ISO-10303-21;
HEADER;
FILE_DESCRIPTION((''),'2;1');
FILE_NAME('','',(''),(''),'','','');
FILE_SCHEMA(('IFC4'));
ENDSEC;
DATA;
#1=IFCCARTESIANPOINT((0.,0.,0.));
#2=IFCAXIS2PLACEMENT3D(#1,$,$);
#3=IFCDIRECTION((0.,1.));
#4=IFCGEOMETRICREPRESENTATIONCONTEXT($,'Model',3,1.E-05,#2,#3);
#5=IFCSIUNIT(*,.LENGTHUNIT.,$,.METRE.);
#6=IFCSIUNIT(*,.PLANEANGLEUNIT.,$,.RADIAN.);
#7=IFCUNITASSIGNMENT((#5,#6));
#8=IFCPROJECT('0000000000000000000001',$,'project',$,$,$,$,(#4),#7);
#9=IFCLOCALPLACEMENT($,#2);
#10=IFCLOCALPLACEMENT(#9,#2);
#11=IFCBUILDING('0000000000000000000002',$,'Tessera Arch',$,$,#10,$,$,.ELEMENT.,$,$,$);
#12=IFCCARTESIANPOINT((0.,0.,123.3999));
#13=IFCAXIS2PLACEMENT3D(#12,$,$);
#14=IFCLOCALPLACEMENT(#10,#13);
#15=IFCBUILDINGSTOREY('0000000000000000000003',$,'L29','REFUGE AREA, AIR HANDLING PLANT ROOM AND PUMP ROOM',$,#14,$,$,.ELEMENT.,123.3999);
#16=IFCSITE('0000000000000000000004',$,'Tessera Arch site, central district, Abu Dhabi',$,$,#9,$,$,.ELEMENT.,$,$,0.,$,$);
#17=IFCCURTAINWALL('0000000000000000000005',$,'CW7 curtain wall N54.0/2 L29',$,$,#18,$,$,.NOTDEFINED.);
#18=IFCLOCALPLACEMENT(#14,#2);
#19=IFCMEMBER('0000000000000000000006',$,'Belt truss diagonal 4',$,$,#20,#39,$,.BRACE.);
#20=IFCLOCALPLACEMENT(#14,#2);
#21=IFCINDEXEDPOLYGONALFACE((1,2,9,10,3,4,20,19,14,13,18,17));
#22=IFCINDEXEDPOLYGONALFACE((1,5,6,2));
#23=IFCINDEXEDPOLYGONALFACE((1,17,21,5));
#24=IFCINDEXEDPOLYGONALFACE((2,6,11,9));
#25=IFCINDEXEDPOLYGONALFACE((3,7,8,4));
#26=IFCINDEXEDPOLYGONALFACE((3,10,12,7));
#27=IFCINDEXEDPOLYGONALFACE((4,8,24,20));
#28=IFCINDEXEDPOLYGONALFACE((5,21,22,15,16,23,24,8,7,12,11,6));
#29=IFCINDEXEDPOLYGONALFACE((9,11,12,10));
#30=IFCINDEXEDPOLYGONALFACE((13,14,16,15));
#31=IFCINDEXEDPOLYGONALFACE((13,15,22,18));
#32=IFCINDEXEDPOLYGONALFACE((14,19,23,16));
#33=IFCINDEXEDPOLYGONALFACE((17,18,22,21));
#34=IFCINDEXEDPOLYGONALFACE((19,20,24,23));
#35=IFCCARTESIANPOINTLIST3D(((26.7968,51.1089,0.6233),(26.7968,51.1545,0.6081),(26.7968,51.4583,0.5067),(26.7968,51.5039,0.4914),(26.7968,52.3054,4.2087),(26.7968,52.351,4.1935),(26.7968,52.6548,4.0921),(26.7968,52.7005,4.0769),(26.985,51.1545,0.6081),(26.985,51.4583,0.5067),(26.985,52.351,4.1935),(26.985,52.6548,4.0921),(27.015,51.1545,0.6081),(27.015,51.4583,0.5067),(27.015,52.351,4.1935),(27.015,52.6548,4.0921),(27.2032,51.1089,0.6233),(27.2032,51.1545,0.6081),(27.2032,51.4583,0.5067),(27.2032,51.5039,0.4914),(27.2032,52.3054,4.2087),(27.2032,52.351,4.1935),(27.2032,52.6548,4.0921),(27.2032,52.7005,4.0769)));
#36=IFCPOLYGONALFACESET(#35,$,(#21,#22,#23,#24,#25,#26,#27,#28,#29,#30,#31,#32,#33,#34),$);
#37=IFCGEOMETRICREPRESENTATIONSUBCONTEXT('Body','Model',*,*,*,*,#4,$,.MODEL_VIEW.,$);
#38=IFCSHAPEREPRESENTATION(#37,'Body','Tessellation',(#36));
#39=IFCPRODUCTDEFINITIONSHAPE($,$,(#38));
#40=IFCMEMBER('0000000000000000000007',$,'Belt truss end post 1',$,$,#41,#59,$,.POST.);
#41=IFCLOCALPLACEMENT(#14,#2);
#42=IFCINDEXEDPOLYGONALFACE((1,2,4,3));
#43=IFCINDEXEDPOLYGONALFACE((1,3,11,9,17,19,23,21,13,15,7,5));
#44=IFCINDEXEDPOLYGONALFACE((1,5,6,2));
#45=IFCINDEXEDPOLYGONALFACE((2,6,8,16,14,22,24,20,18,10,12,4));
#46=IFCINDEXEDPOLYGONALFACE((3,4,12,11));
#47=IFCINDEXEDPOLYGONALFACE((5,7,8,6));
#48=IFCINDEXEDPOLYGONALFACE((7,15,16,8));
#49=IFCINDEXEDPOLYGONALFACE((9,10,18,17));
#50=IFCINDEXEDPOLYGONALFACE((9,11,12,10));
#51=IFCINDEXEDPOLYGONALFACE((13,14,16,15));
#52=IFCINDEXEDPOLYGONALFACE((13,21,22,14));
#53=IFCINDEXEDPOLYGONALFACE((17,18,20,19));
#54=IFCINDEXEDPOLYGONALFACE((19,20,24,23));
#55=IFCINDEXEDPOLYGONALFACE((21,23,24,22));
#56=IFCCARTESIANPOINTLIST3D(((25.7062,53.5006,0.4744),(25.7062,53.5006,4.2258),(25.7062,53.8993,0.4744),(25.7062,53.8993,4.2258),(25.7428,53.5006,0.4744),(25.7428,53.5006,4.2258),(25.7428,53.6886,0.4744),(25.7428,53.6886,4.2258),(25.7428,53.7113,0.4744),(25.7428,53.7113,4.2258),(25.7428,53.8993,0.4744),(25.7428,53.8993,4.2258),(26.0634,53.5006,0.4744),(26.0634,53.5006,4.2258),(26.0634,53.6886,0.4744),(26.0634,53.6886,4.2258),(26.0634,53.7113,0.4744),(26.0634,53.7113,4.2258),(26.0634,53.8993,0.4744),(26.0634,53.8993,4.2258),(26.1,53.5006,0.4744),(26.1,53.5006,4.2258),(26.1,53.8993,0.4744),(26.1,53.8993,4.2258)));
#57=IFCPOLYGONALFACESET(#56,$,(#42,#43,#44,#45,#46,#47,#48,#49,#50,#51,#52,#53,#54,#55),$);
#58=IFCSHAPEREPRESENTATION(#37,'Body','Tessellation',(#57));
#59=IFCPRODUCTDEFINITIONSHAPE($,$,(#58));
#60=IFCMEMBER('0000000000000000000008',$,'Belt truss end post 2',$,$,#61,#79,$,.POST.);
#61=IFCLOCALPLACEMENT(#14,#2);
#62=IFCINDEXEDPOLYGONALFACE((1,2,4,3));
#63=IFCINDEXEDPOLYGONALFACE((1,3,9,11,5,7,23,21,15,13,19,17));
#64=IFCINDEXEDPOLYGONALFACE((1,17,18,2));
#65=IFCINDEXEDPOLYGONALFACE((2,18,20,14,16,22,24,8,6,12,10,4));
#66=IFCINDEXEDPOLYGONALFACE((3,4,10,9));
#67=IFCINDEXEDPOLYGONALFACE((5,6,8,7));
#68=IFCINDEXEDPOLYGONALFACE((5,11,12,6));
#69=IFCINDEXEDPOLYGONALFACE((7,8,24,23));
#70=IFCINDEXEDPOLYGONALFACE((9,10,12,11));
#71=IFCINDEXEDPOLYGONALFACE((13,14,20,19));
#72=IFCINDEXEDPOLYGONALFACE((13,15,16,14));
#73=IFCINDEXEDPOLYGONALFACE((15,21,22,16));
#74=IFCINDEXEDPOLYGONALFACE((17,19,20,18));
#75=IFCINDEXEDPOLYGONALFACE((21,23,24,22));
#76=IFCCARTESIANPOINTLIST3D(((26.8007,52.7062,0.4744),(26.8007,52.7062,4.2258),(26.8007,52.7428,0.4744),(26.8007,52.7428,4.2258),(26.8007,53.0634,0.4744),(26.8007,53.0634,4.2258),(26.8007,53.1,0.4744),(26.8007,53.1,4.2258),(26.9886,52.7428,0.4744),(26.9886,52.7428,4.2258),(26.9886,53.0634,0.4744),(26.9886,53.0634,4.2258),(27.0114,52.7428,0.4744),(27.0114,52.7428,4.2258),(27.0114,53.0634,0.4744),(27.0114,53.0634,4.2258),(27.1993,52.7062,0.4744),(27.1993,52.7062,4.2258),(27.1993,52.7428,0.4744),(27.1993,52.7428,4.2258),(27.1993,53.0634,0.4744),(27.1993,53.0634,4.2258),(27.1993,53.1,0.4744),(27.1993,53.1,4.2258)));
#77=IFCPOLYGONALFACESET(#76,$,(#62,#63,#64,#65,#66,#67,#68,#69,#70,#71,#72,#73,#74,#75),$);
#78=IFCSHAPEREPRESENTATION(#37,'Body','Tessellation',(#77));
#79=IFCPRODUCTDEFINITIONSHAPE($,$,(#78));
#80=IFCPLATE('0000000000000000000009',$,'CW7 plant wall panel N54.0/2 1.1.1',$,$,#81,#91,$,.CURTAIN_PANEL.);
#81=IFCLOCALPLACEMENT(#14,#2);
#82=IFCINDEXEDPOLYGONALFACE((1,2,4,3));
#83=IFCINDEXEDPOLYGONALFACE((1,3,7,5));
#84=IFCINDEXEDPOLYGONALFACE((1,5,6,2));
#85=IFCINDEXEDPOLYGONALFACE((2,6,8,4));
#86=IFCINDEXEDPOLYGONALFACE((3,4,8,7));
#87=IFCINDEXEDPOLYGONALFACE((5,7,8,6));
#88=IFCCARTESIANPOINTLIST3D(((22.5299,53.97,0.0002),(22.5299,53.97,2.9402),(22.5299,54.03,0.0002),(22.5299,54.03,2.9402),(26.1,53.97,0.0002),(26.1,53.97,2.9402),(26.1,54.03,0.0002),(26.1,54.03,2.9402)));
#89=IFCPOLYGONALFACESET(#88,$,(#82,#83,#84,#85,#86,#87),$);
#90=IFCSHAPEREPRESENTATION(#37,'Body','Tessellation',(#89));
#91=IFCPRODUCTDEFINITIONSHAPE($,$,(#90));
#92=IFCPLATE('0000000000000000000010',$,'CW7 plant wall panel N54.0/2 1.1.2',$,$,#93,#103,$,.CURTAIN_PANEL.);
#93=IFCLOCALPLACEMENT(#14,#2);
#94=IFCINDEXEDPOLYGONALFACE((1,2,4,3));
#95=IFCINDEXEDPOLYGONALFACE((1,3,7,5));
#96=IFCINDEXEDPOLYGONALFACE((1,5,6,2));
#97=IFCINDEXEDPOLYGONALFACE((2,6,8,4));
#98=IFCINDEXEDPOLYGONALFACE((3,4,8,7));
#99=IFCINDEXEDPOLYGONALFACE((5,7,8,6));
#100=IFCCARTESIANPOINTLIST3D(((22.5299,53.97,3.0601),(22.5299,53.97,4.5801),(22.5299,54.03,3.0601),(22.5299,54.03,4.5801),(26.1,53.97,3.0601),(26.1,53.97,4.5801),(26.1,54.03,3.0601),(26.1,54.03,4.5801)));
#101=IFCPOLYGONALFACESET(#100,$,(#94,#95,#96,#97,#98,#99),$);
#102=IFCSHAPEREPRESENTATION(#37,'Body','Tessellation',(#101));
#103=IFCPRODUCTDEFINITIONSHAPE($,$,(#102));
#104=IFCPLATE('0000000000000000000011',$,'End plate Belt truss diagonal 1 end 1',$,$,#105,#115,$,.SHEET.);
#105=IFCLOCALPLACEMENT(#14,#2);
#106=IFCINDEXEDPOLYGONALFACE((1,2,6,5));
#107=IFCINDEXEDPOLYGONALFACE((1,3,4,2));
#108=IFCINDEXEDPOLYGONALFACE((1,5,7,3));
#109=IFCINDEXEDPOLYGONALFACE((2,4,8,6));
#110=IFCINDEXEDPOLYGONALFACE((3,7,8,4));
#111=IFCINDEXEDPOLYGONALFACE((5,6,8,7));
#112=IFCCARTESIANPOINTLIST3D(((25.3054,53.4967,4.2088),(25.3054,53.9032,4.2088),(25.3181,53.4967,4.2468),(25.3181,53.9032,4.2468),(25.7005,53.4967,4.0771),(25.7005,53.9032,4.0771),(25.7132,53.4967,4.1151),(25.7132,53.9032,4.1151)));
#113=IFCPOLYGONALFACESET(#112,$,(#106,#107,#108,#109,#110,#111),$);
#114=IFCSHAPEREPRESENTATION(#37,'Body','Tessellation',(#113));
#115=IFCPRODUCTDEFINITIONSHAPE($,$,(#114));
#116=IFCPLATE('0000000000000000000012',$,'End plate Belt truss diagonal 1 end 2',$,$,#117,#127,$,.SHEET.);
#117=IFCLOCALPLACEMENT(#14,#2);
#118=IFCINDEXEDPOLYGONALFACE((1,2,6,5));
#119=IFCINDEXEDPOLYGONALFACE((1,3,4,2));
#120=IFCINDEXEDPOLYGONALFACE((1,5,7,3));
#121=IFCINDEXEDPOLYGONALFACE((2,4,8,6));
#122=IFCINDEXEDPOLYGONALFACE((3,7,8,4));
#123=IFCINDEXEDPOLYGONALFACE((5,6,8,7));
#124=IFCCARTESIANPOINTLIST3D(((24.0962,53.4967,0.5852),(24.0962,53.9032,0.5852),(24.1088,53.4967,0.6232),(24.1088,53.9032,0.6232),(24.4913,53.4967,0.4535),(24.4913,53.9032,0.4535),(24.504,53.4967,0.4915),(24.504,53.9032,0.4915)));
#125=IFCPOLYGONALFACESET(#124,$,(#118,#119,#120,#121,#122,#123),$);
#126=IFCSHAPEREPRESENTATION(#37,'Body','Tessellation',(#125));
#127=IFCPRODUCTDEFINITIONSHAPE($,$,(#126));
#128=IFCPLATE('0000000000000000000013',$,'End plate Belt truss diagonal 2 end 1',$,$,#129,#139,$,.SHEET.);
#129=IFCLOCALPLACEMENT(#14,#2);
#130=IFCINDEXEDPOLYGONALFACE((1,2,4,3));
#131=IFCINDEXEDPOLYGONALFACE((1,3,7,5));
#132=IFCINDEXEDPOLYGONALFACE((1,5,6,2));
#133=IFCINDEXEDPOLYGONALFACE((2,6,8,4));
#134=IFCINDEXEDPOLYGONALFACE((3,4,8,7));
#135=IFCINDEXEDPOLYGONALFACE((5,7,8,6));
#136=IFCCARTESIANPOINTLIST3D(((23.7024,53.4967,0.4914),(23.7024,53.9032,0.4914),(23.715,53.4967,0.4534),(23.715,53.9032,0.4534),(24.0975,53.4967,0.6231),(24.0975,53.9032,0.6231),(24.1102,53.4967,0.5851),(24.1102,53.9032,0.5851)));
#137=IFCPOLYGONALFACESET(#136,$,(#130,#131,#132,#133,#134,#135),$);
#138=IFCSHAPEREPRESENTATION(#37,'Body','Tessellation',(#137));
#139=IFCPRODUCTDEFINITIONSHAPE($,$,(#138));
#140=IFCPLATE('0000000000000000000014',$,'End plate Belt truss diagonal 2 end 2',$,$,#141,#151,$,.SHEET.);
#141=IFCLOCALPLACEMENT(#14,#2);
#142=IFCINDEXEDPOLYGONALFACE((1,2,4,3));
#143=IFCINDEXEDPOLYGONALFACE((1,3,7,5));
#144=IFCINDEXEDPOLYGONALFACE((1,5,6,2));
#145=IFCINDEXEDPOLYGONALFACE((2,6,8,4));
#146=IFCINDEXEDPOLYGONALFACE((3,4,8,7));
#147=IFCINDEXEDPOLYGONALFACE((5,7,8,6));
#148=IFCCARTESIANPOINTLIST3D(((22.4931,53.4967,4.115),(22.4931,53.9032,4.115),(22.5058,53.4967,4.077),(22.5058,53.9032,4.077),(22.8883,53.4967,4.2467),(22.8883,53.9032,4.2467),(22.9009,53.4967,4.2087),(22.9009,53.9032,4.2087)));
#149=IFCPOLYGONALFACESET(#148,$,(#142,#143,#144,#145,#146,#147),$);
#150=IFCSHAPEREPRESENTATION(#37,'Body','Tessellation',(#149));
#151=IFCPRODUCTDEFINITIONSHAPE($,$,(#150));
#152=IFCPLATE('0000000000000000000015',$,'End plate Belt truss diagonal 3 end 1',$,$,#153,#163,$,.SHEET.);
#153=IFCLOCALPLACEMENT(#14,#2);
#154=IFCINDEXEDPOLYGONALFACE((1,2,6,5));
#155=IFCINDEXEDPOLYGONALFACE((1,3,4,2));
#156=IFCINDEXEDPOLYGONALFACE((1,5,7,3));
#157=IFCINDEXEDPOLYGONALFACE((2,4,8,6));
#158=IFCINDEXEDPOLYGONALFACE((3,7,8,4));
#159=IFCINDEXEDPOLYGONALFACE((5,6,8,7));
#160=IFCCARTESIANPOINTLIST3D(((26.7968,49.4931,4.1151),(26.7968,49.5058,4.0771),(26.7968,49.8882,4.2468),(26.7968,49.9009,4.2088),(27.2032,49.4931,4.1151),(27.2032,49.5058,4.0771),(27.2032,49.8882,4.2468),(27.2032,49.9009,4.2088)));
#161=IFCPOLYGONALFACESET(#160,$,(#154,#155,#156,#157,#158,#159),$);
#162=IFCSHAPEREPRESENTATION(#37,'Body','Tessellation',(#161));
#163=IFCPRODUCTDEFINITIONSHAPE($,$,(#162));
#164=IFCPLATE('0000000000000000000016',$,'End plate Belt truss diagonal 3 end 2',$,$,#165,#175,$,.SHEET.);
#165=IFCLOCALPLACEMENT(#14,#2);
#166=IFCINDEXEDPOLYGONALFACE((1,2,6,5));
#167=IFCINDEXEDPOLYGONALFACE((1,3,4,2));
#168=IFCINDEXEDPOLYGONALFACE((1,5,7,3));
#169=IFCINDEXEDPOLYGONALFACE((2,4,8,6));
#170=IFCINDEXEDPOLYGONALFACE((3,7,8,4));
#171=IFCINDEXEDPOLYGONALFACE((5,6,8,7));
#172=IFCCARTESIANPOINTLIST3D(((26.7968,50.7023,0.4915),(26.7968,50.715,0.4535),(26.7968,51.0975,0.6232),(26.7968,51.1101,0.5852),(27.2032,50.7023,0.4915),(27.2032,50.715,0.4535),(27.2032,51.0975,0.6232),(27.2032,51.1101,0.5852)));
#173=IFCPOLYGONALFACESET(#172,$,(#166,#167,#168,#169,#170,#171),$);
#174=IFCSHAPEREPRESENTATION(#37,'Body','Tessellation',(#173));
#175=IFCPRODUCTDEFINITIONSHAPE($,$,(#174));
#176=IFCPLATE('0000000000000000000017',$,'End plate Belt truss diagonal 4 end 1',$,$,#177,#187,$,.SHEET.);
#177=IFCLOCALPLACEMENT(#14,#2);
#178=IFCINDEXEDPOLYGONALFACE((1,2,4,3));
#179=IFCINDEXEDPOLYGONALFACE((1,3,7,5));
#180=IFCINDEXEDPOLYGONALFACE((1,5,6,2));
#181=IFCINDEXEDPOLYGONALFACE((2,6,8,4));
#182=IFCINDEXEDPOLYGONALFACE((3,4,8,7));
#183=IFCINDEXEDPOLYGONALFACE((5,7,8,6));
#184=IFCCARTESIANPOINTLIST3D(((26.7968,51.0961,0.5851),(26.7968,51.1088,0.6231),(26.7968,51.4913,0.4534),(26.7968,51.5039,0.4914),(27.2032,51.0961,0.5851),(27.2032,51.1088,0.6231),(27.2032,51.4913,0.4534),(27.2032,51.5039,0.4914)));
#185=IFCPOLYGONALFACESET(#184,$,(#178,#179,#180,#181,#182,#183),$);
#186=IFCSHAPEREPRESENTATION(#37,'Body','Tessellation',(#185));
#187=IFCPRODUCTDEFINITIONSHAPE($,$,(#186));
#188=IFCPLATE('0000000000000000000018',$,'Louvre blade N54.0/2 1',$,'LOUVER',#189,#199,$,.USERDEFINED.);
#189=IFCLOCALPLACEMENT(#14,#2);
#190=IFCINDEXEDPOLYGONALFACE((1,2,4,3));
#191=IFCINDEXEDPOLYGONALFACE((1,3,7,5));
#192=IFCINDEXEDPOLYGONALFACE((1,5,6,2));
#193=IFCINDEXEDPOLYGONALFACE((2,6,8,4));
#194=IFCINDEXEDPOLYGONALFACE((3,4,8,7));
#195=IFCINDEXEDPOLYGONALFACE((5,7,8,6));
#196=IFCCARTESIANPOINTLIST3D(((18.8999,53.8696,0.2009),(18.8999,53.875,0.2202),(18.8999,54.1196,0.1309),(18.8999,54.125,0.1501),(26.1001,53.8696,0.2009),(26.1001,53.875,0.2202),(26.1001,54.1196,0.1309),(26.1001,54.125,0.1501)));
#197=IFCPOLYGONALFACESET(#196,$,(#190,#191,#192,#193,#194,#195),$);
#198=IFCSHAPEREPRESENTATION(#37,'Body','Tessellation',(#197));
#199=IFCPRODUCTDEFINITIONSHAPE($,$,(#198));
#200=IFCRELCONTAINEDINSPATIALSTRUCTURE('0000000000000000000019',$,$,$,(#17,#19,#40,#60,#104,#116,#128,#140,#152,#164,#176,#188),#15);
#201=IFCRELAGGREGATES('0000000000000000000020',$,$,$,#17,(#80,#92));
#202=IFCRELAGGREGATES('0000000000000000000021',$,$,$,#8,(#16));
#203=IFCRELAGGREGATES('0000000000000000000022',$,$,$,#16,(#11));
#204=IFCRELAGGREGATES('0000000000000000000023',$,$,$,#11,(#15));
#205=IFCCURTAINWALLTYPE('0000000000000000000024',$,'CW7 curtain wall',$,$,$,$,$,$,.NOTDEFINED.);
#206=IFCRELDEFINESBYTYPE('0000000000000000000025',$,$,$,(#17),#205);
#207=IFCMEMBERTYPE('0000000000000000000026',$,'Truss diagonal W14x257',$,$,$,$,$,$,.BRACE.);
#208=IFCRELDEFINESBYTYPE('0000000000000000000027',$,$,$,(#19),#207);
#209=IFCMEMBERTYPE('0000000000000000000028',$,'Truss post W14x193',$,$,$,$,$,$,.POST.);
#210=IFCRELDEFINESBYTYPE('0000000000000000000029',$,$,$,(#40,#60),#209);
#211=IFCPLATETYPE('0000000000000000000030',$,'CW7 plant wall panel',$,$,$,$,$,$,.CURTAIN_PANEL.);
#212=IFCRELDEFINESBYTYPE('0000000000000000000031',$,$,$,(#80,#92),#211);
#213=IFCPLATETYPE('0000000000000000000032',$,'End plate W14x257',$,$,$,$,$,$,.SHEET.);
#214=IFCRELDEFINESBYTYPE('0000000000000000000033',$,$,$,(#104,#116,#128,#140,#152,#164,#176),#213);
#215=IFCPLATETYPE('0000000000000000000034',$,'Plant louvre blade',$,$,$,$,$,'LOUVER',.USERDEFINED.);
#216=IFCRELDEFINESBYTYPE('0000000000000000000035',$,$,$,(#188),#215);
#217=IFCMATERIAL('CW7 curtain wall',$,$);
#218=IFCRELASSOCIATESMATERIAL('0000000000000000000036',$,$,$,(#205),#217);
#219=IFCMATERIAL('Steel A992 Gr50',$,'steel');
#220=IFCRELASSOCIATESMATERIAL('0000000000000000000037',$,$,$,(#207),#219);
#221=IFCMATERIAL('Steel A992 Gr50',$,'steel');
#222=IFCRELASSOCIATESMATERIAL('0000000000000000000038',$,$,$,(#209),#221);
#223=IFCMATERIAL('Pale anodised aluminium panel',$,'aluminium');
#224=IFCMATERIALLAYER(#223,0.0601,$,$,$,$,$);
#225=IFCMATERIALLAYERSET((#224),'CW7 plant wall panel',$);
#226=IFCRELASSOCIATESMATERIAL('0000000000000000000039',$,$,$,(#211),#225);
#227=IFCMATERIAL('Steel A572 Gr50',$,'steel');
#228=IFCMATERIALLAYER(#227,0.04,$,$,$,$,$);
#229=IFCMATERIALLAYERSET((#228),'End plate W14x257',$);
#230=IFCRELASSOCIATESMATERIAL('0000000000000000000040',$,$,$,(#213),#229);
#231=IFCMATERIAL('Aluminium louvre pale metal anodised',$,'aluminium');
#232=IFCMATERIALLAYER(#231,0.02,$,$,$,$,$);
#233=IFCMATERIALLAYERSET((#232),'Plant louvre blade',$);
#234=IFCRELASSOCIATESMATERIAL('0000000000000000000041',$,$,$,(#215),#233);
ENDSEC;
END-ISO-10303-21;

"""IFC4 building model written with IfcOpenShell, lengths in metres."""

from ifc_helpers import new_model, si_unit, direction, frame, origin, origin_2d, place, context, subcontext, project, spatial, polyline, rectangle, i_section, outline, extrude, material, layer, layer_set, material_profile, profile_set, type_object, element, aggregate, save


model = new_model("IFC4")

# Units and contexts
model_context = context("Model", 3, precision=1e-05, world=origin(), true_north=direction((0.0, 1.0)))
body_context = subcontext(model_context, "Body", "Model", "MODEL_VIEW")
ifc_project = project(units=[si_unit("LENGTHUNIT", "METRE"), si_unit("PLANEANGLEUNIT", "RADIAN")], contexts=[model_context])

# Site, building, storey
site_placement = place(None, origin())
site = spatial("IfcSite", under=ifc_project, at=site_placement, Name="Tessera Arch site, central district, Abu Dhabi", CompositionType="ELEMENT", RefElevation=0.0)
building_placement = place(site_placement, origin())
building = spatial("IfcBuilding", under=site, at=building_placement, Name="Tessera Arch", CompositionType="ELEMENT")
storey_placement = place(building_placement, frame((0.0, 0.0, 123.3999)))
storey = spatial("IfcBuildingStorey", under=building, at=storey_placement, Name="L29", Description="REFUGE AREA, AIR HANDLING PLANT ROOM AND PUMP ROOM", CompositionType="ELEMENT", Elevation=123.3999)

# Curtain wall
ifc_material_1 = material(Name="CW7 curtain wall")
curtain_wall_type = type_object("IfcCurtainWallType", Name="CW7 curtain wall", PredefinedType="NOTDEFINED", material=ifc_material_1)
curtain_wall_placement = place(storey_placement, origin())
curtain_wall = element("IfcCurtainWall", 1, at=curtain_wall_placement, inside=storey, type_object=curtain_wall_type, Name="CW7 curtain wall N54.0/2 L29", PredefinedType="NOTDEFINED")

# Members
ifc_material_2 = material(Name="Steel A992 Gr50", Category="steel")
ifc_material_profile_1 = material_profile(ifc_material_2, i_section(OverallWidth=0.4065, OverallDepth=0.4165, WebThickness=0.03, FlangeThickness=0.0481, at=origin_2d()), Name="W14x257")
ifc_profile_set_1 = profile_set([ifc_material_profile_1], Name="Steel A992 Gr50")
member_type_1 = type_object("IfcMemberType", Name="Truss diagonal W14x257", PredefinedType="BRACE", material=ifc_profile_set_1)
for number, where, z_axis, x_axis, name in (
    (2, (27.0, 51.3064, 0.5574), (0.0, 0.316557, 0.948573), (-1.0, 0.0, 0.0), "Belt truss diagonal 4"),
):
    element("IfcMember", number, at=place(storey_placement, frame(where, z_axis=z_axis, x_axis=x_axis)), inside=storey, type_object=member_type_1, Name=name, PredefinedType="BRACE", context=body_context, shape_type="SweptSolid", body=[
        extrude(i_section(OverallWidth=0.4065, OverallDepth=0.4165, WebThickness=0.03, FlangeThickness=0.0481, at=origin_2d()), origin(), (0.0, 0.0, 1.0), 3.7798),
    ])
ifc_material_3 = material(Name="Steel A992 Gr50", Category="steel")
ifc_material_profile_2 = material_profile(ifc_material_3, i_section(OverallWidth=0.3987, OverallDepth=0.3938, WebThickness=0.0227, FlangeThickness=0.0366, at=origin_2d()), Name="W14x193")
ifc_profile_set_2 = profile_set([ifc_material_profile_2], Name="Steel A992 Gr50")
member_type_2 = type_object("IfcMemberType", Name="Truss post W14x193", PredefinedType="POST", material=ifc_profile_set_2)
for number, where, z_axis, x_axis, name in (
    (3, (25.9031, 53.7, 0.4744), (0.0, 0.0, 1.0), (0.0, 1.0, 0.0), "Belt truss end post 1"),
    (4, (27.0, 52.9031, 0.4744), (0.0, 0.0, 1.0), (1.0, 0.0, 0.0), "Belt truss end post 2"),
):
    element("IfcMember", number, at=place(storey_placement, frame(where, z_axis=z_axis, x_axis=x_axis)), inside=storey, type_object=member_type_2, Name=name, PredefinedType="POST", context=body_context, shape_type="SweptSolid", body=[
        extrude(i_section(OverallWidth=0.3987, OverallDepth=0.3938, WebThickness=0.0227, FlangeThickness=0.0366, at=origin_2d()), origin(), (0.0, 0.0, 1.0), 3.7515),
    ])

# Plates
ifc_material_4 = material(Name="Pale anodised aluminium panel", Category="aluminium")
ifc_layer_1 = layer(ifc_material_4, 0.0601)
ifc_layer_set_1 = layer_set([ifc_layer_1], Name="CW7 plant wall panel")
plate_type_1 = type_object("IfcPlateType", Name="CW7 plant wall panel", PredefinedType="CURTAIN_PANEL", material=ifc_layer_set_1)
plate_1_placement = place(storey_placement, frame((24.3149, 54.0, 0.0002), z_axis=(0.0, 0.0, 1.0), x_axis=(-1.0, 0.0, 0.0)))
plate_1 = element("IfcPlate", 5, at=plate_1_placement, type_object=plate_type_1, Name="CW7 plant wall panel N54.0/2 1.1.1", PredefinedType="CURTAIN_PANEL", context=body_context, shape_type="SweptSolid", body=[
    extrude(rectangle(XDim=3.5701, YDim=0.0601, at=origin_2d()), origin(), (0.0, 0.0, 1.0), 2.9399),
])
plate_2_placement = place(storey_placement, frame((24.3149, 54.0, 3.0601), z_axis=(0.0, 0.0, 1.0), x_axis=(-1.0, 0.0, 0.0)))
plate_2 = element("IfcPlate", 6, at=plate_2_placement, type_object=plate_type_1, Name="CW7 plant wall panel N54.0/2 1.1.2", PredefinedType="CURTAIN_PANEL", context=body_context, shape_type="SweptSolid", body=[
    extrude(rectangle(XDim=3.5701, YDim=0.0601, at=origin_2d()), origin(), (0.0, 0.0, 1.0), 1.52),
])
aggregate(curtain_wall, [plate_1, plate_2])

# Plates
ifc_material_5 = material(Name="Steel A572 Gr50", Category="steel")
ifc_layer_2 = layer(ifc_material_5, 0.04)
ifc_layer_set_2 = layer_set([ifc_layer_2], Name="End plate W14x257")
plate_type_2 = type_object("IfcPlateType", Name="End plate W14x257", PredefinedType="SHEET", material=ifc_layer_set_2)
for number, where, z_axis, x_axis, name in (
    (7, (25.5156, 53.7, 4.1809), (-0.316228, 0.0, -0.948683), (0.0, -1.0, 0.0), "End plate Belt truss diagonal 1 end 1"),
    (8, (24.3064, 53.7, 0.5574), (-0.316228, 0.0, -0.948683), (0.0, -1.0, 0.0), "End plate Belt truss diagonal 1 end 2"),
    (9, (23.9126, 53.7, 0.5193), (-0.316228, 0.0, 0.948683), (0.0, -1.0, 0.0), "End plate Belt truss diagonal 2 end 1"),
    (10, (22.7034, 53.7, 4.1428), (-0.316228, 0.0, 0.948683), (0.0, -1.0, 0.0), "End plate Belt truss diagonal 2 end 2"),
    (11, (27.0, 49.6907, 4.1809), (0.0, 0.316228, -0.948683), (-1.0, 0.0, 0.0), "End plate Belt truss diagonal 3 end 1"),
    (12, (27.0, 50.8999, 0.5574), (0.0, 0.316228, -0.948683), (-1.0, 0.0, 0.0), "End plate Belt truss diagonal 3 end 2"),
    (13, (27.0, 51.2937, 0.5193), (0.0, 0.316228, 0.948683), (-1.0, 0.0, 0.0), "End plate Belt truss diagonal 4 end 1"),
):
    element("IfcPlate", number, at=place(storey_placement, frame(where, z_axis=z_axis, x_axis=x_axis)), inside=storey, type_object=plate_type_2, Name=name, PredefinedType="SHEET", context=body_context, shape_type="SweptSolid", body=[
        extrude(rectangle(XDim=0.4065, YDim=0.4165, at=origin_2d()), origin(), (0.0, 0.0, 1.0), 0.04),
    ])
ifc_material_6 = material(Name="Aluminium louvre pale metal anodised", Category="aluminium")
ifc_layer_3 = layer(ifc_material_6, 0.02)
ifc_layer_set_3 = layer_set([ifc_layer_3], Name="Plant louvre blade")
plate_type_3 = type_object("IfcPlateType", Name="Plant louvre blade", ElementType="LOUVER", PredefinedType="USERDEFINED", material=ifc_layer_set_3)
plate_3_placement = place(storey_placement, frame((26.1001, 54.125, 0.1501), z_axis=(0.0, 0.269874, 0.962896), x_axis=(-1.0, 0.0, 0.0)))
element("IfcPlate", 14, at=plate_3_placement, inside=storey, type_object=plate_type_3, Name="Louvre blade N54.0/2 1", ObjectType="LOUVER", PredefinedType="USERDEFINED", context=body_context, shape_type="SweptSolid", body=[
    extrude(outline(polyline([(0.0, 0.0), (7.2002, 0.0), (7.2002, 0.2596), (0.0, 0.2596), (0.0, 0.0)])), origin(), (0.0, 0.0, -1.0), 0.02),
])

save(model, "model.ifc")
